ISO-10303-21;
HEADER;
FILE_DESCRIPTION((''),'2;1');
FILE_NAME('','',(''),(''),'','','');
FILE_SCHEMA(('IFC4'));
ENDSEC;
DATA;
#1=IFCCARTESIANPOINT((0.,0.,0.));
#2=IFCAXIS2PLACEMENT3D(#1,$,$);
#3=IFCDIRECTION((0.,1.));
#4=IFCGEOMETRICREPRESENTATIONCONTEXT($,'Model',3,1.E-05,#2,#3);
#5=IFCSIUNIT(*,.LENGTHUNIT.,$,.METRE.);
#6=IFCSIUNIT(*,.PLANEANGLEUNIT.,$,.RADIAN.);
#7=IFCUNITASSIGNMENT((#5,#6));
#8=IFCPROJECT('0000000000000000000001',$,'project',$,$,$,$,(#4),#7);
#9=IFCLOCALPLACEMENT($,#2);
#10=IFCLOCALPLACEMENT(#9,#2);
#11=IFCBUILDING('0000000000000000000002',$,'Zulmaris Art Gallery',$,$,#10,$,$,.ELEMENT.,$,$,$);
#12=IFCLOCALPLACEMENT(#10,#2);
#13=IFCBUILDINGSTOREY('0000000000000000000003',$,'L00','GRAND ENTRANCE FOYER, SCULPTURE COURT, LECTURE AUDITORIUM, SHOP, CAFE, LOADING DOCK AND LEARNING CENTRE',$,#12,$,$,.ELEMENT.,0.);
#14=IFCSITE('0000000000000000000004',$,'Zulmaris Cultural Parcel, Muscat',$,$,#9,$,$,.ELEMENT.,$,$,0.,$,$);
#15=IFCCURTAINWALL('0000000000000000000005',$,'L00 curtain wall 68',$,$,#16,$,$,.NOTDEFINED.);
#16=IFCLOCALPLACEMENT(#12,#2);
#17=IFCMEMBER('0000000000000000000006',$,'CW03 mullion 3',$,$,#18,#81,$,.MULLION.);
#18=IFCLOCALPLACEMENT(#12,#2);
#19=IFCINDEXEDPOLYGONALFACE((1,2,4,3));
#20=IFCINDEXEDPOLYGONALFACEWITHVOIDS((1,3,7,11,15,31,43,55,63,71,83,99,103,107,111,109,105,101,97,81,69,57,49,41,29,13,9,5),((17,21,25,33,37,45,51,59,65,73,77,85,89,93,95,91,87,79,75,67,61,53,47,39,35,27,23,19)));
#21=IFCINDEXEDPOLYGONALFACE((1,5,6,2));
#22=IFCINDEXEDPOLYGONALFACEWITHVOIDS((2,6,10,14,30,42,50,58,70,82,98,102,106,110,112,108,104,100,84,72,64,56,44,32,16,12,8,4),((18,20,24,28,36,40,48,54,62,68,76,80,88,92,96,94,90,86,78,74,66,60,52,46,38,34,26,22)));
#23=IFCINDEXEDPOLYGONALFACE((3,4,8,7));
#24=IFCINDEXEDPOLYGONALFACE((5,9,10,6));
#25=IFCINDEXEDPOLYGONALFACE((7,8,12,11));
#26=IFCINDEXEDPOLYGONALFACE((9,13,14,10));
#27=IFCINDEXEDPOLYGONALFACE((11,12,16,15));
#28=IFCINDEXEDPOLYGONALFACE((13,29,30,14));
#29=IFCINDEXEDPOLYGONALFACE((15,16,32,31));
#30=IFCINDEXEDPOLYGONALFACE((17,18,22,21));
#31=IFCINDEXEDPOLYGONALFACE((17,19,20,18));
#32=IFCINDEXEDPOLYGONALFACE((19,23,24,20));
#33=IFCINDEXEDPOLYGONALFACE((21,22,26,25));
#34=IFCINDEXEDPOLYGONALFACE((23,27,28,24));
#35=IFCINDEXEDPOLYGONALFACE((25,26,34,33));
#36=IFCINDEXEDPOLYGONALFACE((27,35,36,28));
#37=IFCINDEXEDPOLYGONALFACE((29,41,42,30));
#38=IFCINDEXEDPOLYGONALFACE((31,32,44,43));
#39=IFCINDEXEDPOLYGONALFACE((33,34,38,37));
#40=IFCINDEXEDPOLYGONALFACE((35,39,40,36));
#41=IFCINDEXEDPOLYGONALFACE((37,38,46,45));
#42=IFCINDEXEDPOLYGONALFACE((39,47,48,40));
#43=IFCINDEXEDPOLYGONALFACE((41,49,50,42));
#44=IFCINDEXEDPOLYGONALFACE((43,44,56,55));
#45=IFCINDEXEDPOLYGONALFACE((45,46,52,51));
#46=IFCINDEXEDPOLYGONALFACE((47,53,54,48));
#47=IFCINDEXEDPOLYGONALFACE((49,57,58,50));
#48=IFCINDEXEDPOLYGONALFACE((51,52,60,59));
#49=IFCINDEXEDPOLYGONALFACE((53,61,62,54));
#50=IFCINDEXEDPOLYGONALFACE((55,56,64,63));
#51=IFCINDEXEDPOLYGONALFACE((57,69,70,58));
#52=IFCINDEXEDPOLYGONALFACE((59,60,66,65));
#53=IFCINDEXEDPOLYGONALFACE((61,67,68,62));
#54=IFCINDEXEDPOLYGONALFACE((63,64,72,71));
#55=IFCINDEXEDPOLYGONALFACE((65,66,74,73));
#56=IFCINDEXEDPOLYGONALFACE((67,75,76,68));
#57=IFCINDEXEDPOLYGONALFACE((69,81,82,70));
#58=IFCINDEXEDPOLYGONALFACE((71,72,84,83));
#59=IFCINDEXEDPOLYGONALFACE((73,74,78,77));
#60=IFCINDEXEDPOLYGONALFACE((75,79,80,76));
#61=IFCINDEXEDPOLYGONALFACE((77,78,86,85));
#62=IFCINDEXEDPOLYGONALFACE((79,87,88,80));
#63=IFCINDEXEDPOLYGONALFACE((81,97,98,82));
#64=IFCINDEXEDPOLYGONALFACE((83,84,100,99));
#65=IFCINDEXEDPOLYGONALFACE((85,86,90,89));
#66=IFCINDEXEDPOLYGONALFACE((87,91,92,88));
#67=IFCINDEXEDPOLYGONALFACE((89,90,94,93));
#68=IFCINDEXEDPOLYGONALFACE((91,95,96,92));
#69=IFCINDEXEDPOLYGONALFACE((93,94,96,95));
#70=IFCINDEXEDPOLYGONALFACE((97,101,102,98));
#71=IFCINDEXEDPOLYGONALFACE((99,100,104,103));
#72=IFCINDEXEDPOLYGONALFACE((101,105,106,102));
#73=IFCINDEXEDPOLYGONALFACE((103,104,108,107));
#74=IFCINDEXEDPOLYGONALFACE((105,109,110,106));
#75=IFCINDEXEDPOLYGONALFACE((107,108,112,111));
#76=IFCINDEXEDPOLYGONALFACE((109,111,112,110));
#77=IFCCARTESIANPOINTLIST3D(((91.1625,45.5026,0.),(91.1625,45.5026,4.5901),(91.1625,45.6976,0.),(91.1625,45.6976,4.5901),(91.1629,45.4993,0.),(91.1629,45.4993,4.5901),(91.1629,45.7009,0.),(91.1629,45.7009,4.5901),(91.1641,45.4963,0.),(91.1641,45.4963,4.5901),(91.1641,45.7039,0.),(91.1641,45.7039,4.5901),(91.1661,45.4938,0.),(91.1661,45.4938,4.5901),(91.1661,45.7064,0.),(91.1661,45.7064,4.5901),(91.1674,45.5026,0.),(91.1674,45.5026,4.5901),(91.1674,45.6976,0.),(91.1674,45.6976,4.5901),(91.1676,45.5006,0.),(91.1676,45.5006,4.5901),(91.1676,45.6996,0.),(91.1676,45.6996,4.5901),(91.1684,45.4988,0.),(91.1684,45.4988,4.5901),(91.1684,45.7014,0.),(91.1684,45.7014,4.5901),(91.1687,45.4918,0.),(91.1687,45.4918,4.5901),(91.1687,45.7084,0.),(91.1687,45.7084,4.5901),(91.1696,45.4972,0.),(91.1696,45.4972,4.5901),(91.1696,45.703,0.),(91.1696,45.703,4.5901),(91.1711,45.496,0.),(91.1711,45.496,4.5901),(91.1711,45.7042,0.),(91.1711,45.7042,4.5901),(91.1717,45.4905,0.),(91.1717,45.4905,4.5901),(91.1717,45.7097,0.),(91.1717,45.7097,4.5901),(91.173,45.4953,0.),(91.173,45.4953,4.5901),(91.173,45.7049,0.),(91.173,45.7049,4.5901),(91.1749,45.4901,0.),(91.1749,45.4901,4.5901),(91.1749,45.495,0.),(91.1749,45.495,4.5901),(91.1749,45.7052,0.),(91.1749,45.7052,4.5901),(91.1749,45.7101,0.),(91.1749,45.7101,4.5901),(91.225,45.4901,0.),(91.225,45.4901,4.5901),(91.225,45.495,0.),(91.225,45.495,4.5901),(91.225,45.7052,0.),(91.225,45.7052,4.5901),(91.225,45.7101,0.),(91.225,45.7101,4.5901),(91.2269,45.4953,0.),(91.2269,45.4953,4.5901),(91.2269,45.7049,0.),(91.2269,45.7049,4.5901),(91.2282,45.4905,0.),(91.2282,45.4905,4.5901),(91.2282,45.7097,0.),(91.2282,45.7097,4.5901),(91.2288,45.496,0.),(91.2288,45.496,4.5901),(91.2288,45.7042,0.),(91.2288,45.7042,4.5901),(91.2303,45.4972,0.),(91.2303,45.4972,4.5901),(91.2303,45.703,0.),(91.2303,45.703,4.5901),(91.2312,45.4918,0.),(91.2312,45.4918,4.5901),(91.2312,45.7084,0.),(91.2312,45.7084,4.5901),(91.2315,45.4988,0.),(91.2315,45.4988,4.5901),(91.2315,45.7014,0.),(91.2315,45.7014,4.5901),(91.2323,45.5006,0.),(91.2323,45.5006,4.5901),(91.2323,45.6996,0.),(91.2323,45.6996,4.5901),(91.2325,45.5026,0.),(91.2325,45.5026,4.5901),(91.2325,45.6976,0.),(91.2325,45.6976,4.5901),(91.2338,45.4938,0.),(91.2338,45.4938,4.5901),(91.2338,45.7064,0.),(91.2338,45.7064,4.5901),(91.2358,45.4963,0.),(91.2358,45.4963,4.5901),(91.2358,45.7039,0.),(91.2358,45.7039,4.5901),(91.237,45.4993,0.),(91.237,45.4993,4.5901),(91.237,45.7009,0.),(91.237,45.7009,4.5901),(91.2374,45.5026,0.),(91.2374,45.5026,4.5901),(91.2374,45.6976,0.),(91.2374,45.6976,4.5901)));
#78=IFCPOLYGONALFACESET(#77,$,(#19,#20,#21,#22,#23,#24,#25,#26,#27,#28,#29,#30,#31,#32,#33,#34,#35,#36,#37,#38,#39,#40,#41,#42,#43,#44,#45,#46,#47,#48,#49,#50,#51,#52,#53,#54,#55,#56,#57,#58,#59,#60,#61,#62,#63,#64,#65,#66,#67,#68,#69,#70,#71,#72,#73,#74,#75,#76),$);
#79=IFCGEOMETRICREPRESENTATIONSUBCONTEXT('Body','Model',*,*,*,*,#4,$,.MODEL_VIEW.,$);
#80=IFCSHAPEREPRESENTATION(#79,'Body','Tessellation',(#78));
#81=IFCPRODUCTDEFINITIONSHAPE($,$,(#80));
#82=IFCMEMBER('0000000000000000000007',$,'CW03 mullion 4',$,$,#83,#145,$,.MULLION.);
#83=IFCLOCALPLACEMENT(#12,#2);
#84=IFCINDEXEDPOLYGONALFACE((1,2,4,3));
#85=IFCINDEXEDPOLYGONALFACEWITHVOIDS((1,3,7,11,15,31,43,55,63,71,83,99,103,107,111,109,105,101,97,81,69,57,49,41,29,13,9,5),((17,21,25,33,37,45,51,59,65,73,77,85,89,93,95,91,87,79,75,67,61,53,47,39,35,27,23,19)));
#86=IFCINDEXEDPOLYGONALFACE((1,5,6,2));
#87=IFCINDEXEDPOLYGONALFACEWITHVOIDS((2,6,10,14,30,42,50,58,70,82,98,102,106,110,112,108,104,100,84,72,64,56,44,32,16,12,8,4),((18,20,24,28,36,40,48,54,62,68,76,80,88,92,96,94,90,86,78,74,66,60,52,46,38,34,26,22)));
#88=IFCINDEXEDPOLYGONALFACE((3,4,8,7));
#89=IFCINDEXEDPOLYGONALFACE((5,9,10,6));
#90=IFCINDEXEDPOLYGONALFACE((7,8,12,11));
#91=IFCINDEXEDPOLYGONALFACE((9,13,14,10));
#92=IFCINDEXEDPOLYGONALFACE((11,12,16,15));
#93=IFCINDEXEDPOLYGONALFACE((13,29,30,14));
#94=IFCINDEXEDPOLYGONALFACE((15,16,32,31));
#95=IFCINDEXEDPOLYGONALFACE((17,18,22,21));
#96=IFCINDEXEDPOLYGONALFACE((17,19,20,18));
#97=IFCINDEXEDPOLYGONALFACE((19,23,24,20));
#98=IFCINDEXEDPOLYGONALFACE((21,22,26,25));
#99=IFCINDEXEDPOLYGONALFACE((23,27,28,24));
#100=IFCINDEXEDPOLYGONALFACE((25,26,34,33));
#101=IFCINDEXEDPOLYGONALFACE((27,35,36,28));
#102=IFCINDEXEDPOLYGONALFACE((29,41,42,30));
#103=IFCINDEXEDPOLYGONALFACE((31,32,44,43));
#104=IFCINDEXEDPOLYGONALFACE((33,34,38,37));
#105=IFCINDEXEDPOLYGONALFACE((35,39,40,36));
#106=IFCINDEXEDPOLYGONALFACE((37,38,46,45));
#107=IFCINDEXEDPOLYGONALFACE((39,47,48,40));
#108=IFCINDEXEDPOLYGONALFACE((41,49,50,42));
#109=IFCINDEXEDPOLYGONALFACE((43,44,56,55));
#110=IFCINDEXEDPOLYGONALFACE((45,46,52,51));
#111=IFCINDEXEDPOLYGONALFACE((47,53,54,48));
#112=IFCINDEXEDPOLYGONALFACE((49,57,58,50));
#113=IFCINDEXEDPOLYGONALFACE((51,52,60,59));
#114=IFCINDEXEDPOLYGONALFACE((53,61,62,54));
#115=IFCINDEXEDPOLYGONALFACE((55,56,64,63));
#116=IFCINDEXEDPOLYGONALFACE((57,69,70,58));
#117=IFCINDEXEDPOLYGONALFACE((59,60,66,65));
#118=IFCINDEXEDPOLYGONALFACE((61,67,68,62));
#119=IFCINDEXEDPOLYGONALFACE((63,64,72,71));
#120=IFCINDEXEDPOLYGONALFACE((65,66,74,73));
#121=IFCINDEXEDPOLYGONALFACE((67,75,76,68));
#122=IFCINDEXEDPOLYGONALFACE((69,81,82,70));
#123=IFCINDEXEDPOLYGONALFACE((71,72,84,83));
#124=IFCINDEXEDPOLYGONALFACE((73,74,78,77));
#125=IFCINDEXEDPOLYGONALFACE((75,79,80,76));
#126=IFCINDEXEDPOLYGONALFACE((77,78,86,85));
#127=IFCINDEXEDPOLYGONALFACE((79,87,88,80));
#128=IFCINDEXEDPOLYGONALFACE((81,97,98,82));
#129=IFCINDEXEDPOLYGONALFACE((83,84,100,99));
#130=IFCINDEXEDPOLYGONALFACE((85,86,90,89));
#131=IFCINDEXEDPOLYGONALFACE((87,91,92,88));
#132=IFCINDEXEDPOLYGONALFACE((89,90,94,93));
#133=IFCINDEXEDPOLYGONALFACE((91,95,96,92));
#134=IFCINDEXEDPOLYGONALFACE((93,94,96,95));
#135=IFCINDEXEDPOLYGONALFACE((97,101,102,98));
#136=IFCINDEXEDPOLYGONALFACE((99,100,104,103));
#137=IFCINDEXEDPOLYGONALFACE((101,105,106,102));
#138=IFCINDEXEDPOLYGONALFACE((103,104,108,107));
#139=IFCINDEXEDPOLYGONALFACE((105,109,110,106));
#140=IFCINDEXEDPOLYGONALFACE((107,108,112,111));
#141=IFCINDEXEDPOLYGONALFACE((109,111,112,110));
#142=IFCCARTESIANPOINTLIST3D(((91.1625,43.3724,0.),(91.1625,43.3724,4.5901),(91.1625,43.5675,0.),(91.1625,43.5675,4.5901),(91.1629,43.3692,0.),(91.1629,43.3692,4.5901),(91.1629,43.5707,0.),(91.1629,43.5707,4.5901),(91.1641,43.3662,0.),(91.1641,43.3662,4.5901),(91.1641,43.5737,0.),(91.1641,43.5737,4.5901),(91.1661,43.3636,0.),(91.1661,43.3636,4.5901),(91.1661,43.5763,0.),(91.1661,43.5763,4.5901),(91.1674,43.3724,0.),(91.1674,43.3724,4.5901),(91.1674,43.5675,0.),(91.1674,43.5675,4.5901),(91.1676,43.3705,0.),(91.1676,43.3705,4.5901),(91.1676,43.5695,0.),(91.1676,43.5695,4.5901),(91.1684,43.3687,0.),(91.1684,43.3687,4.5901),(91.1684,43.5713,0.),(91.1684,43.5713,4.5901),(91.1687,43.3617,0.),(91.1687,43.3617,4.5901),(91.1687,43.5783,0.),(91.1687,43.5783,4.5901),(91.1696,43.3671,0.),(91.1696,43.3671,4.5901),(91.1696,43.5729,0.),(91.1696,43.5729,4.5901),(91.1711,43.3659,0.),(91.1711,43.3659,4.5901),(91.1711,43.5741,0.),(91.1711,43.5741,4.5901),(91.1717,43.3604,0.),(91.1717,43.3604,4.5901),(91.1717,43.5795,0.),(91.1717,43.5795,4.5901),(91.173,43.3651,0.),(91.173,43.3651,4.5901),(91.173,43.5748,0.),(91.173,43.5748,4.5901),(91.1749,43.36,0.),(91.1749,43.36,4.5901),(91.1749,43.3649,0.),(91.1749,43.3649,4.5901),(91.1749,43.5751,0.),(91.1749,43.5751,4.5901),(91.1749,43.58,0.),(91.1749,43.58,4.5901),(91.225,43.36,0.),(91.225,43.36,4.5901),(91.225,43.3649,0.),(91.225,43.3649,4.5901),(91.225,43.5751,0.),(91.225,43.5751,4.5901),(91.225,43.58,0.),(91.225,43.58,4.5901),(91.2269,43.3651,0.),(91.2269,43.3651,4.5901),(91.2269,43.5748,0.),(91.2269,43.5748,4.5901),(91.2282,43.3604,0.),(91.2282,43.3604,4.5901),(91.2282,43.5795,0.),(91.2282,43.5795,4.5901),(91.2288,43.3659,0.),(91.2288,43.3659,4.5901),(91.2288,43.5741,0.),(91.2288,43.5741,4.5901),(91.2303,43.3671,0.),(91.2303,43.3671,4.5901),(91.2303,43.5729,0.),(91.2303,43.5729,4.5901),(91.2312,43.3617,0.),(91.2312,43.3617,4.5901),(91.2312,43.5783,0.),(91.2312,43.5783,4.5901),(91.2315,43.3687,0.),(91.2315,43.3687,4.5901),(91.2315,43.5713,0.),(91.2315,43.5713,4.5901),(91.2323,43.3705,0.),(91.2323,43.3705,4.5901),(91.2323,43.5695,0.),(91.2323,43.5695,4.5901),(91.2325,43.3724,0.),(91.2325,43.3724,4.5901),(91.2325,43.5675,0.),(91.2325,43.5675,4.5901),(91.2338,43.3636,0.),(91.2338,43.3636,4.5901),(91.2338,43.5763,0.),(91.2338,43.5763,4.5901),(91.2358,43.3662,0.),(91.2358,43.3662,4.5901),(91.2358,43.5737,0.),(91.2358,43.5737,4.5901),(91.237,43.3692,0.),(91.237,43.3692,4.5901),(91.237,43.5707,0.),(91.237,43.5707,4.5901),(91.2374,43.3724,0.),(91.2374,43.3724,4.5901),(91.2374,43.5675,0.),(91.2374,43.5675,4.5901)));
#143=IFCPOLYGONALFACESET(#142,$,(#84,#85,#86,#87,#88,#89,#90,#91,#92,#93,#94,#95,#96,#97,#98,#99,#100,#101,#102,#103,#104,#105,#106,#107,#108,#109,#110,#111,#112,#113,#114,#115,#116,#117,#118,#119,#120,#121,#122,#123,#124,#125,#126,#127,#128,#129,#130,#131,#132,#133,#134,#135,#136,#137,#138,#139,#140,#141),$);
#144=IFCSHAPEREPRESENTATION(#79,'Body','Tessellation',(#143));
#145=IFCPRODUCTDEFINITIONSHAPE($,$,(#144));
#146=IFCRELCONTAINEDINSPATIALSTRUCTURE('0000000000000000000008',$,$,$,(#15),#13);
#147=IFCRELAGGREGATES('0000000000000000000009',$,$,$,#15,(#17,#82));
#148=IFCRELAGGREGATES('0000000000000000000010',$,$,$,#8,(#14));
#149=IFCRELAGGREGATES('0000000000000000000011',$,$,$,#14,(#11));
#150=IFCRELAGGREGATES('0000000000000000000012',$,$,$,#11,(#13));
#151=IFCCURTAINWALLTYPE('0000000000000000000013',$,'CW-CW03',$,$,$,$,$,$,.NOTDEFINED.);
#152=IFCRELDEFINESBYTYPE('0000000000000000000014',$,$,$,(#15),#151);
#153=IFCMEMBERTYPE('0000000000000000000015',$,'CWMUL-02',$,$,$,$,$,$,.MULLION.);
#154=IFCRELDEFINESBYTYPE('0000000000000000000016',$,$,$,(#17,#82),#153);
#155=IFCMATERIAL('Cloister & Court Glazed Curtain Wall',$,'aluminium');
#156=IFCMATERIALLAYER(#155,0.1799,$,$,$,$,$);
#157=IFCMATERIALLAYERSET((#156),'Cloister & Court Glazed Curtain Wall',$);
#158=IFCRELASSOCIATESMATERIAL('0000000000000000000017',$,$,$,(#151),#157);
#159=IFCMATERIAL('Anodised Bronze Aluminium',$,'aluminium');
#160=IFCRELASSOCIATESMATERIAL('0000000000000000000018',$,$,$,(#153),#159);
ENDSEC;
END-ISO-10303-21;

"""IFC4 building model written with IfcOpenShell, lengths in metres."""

from ifc_helpers import new_model, si_unit, direction, frame, origin, origin_2d, place, context, subcontext, project, spatial, hollow_rectangle, extrude, material, layer, layer_set, material_profile, profile_set, type_object, element, aggregate, save


model = new_model("IFC4")

# Units and contexts
model_context = context("Model", 3, precision=1e-05, world=origin(), true_north=direction((0.0, 1.0)))
body_context = subcontext(model_context, "Body", "Model", "MODEL_VIEW")
ifc_project = project(units=[si_unit("LENGTHUNIT", "METRE"), si_unit("PLANEANGLEUNIT", "RADIAN")], contexts=[model_context])

# Site, building, storey
site_placement = place(None, origin())
site = spatial("IfcSite", under=ifc_project, at=site_placement, Name="Zulmaris Cultural Parcel, Muscat", CompositionType="ELEMENT", RefElevation=0.0)
building_placement = place(site_placement, origin())
building = spatial("IfcBuilding", under=site, at=building_placement, Name="Zulmaris Art Gallery", CompositionType="ELEMENT")
storey_placement = place(building_placement, origin())
storey = spatial("IfcBuildingStorey", under=building, at=storey_placement, Name="L00", Description="GRAND ENTRANCE FOYER, SCULPTURE COURT, LECTURE AUDITORIUM, SHOP, CAFE, LOADING DOCK AND LEARNING CENTRE", CompositionType="ELEMENT", Elevation=0.0)

# Shared definitions
ifc_material_1 = material(Name="Cloister & Court Glazed Curtain Wall", Category="aluminium")
ifc_layer_1 = layer(ifc_material_1, 0.1799)
ifc_layer_set_1 = layer_set([ifc_layer_1], Name="Cloister & Court Glazed Curtain Wall")
curtain_wall_type = type_object("IfcCurtainWallType", Name="CW-CW03", PredefinedType="NOTDEFINED", material=ifc_layer_set_1)
ifc_material_2 = material(Name="Anodised Bronze Aluminium", Category="aluminium")
ifc_material_profile_1 = material_profile(ifc_material_2, hollow_rectangle(XDim=0.075, YDim=0.22, WallThickness=0.0049, InnerFilletRadius=0.0076, OuterFilletRadius=0.0125, at=origin_2d()), Name="ALU 75x220x5")
ifc_profile_set_1 = profile_set([ifc_material_profile_1], Name="Anodised Bronze Aluminium")
member_type_1 = type_object("IfcMemberType", Name="CWMUL-02", PredefinedType="MULLION", material=ifc_profile_set_1)

# Curtain wall, members
curtain_wall_1_placement = place(storey_placement, origin())
curtain_wall_1 = element("IfcCurtainWall", 1, at=curtain_wall_1_placement, inside=storey, type_object=curtain_wall_type, Name="L00 curtain wall 68", PredefinedType="NOTDEFINED")
member_1_placement = place(storey_placement, frame((91.2, 45.6001, 0.0), z_axis=(0.0, 0.0, 1.0), x_axis=(1.0, 0.0, 0.0)))
member_1 = element("IfcMember", 2, at=member_1_placement, type_object=member_type_1, Name="CW03 mullion 3", PredefinedType="MULLION", context=body_context, shape_type="SweptSolid", body=[
    extrude(hollow_rectangle(XDim=0.075, YDim=0.22, WallThickness=0.0049, InnerFilletRadius=0.0076, OuterFilletRadius=0.0125, at=origin_2d()), origin(), (0.0, 0.0, 1.0), 4.5901),
])
member_2_placement = place(storey_placement, frame((91.2, 43.47, 0.0), z_axis=(0.0, 0.0, 1.0), x_axis=(1.0, 0.0, 0.0)))
member_2 = element("IfcMember", 3, at=member_2_placement, type_object=member_type_1, Name="CW03 mullion 4", PredefinedType="MULLION", context=body_context, shape_type="SweptSolid", body=[
    extrude(hollow_rectangle(XDim=0.075, YDim=0.22, WallThickness=0.0049, InnerFilletRadius=0.0076, OuterFilletRadius=0.0125, at=origin_2d()), origin(), (0.0, 0.0, 1.0), 4.5901),
])

aggregate(curtain_wall_1, [member_1, member_2])

save(model, "model.ifc")
